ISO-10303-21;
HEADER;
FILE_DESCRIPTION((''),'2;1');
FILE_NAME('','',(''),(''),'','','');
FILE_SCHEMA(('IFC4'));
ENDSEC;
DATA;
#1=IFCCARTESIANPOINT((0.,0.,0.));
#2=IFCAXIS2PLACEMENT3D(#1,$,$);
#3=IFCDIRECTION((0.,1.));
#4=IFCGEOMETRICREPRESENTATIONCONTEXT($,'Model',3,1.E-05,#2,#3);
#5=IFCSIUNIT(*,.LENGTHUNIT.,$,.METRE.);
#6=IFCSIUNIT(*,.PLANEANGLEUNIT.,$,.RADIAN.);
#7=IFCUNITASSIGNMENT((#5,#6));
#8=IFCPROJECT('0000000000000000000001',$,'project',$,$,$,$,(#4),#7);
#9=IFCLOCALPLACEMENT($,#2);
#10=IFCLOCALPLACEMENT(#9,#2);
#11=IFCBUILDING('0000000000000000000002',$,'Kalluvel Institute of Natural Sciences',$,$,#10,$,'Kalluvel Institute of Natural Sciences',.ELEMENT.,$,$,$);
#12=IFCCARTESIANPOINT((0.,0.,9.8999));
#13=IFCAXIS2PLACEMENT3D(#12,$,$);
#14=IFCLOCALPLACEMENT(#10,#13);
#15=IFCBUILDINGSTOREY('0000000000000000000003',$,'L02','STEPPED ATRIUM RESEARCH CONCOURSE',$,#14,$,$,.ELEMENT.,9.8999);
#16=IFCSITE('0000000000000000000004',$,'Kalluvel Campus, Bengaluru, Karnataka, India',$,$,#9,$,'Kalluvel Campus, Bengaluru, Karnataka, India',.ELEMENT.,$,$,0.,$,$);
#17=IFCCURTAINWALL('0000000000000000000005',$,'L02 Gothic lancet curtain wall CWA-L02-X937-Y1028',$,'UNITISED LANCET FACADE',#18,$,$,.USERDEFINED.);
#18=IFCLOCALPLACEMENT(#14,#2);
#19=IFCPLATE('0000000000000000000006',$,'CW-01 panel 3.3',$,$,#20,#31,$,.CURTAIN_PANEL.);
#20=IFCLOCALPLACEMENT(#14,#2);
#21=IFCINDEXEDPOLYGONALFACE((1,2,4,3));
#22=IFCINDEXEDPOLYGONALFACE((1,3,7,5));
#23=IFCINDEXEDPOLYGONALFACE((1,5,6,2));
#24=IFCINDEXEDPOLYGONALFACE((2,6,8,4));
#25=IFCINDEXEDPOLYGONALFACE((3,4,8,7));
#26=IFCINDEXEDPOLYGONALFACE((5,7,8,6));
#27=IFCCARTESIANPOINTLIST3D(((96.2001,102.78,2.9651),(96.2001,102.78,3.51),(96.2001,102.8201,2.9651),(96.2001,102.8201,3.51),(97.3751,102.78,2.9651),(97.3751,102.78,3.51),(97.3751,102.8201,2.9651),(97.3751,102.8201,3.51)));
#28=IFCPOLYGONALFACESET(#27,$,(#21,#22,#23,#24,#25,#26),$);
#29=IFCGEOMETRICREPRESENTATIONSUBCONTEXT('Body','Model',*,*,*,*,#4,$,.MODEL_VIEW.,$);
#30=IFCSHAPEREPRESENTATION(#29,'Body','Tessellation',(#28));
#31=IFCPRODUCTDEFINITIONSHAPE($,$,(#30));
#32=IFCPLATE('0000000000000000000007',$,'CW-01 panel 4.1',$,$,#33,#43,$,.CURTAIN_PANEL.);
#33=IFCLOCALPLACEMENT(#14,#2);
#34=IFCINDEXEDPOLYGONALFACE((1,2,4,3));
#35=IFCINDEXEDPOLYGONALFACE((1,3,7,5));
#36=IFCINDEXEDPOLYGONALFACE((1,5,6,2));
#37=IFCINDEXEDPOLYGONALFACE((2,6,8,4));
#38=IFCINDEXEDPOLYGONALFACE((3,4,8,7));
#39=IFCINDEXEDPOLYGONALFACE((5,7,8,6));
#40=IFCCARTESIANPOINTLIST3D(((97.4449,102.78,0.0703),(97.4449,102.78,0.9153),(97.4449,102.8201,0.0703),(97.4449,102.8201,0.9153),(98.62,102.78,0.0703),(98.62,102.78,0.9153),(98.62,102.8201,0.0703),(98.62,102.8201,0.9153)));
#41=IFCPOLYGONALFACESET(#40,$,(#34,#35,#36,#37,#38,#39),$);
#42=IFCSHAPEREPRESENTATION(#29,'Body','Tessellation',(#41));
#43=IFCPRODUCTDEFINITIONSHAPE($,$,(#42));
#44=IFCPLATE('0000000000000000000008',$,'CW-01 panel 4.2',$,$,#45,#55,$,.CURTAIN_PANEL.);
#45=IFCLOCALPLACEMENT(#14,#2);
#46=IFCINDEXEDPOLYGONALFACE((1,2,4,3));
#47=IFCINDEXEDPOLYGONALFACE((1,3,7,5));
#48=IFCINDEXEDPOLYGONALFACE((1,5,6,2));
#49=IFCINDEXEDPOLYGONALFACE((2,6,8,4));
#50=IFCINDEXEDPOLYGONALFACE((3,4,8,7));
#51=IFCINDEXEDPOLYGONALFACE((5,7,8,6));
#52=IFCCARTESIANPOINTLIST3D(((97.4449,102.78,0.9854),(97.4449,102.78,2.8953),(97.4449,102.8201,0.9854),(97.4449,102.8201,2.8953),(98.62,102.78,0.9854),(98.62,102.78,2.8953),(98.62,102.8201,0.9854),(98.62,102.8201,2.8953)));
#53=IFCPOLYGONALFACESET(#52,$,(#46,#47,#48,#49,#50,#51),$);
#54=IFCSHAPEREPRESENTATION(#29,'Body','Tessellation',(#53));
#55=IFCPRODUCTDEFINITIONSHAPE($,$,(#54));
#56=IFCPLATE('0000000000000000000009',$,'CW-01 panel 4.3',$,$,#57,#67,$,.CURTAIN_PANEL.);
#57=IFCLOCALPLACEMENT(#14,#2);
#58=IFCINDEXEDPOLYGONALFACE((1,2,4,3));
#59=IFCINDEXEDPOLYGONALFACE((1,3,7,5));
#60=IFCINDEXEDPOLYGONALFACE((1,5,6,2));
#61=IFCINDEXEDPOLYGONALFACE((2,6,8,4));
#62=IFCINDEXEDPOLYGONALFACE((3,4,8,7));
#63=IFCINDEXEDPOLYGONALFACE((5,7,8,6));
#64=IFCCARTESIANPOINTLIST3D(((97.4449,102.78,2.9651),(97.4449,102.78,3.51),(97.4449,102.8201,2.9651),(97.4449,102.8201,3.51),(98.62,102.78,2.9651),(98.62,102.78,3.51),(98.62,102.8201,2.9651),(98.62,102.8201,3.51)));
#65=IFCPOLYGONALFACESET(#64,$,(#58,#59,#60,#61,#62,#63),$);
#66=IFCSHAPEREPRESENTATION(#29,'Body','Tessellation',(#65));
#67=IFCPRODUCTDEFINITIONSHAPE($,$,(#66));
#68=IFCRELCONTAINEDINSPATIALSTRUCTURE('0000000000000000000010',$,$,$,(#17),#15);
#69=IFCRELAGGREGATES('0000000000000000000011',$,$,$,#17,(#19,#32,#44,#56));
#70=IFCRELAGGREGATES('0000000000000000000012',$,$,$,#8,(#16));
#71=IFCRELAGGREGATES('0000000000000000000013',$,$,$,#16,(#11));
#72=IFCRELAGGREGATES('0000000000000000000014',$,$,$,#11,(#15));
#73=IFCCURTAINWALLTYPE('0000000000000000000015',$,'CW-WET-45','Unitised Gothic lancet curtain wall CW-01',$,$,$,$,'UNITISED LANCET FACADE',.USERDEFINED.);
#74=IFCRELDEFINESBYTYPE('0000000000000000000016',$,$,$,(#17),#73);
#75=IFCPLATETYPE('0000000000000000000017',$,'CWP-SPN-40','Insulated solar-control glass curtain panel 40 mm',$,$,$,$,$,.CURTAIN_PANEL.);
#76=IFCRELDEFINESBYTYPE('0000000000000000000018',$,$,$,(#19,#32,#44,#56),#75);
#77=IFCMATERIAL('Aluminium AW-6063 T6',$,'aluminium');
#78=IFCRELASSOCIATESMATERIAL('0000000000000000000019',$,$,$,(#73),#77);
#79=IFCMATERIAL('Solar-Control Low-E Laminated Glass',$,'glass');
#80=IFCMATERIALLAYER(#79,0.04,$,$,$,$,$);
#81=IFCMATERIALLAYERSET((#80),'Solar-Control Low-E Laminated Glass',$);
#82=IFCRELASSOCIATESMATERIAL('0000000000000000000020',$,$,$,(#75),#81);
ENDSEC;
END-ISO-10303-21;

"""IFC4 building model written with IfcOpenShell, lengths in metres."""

from ifc_helpers import new_model, si_unit, direction, frame, origin, origin_2d, place, context, subcontext, project, spatial, rectangle, extrude, material, layer, layer_set, type_object, element, aggregate, save


model = new_model("IFC4")

# Units and contexts
model_context = context("Model", 3, precision=1e-05, world=origin(), true_north=direction((0.0, 1.0)))
body_context = subcontext(model_context, "Body", "Model", "MODEL_VIEW")
ifc_project = project(units=[si_unit("LENGTHUNIT", "METRE"), si_unit("PLANEANGLEUNIT", "RADIAN")], contexts=[model_context])

# Site, building, storey
site_placement = place(None, origin())
site = spatial("IfcSite", under=ifc_project, at=site_placement, Name="Kalluvel Campus, Bengaluru, Karnataka, India", LongName="Kalluvel Campus, Bengaluru, Karnataka, India", CompositionType="ELEMENT", RefElevation=0.0)
building_placement = place(site_placement, origin())
building = spatial("IfcBuilding", under=site, at=building_placement, Name="Kalluvel Institute of Natural Sciences", LongName="Kalluvel Institute of Natural Sciences", CompositionType="ELEMENT")
storey_placement = place(building_placement, frame((0.0, 0.0, 9.8999)))
storey = spatial("IfcBuildingStorey", under=building, at=storey_placement, Name="L02", Description="STEPPED ATRIUM RESEARCH CONCOURSE", CompositionType="ELEMENT", Elevation=9.8999)

# Curtain wall, plates
ifc_material_1 = material(Name="Aluminium AW-6063 T6", Category="aluminium")
curtain_wall_type = type_object("IfcCurtainWallType", Name="CW-WET-45", Description="Unitised Gothic lancet curtain wall CW-01", ElementType="UNITISED LANCET FACADE", PredefinedType="USERDEFINED", material=ifc_material_1)
curtain_wall_placement = place(storey_placement, origin())
curtain_wall = element("IfcCurtainWall", 1, at=curtain_wall_placement, inside=storey, type_object=curtain_wall_type, Name="L02 Gothic lancet curtain wall CWA-L02-X937-Y1028", ObjectType="UNITISED LANCET FACADE", PredefinedType="USERDEFINED")
ifc_material_2 = material(Name="Solar-Control Low-E Laminated Glass", Category="glass")
ifc_layer = layer(ifc_material_2, 0.04)
ifc_layer_set = layer_set([ifc_layer], Name="Solar-Control Low-E Laminated Glass")
plate_type = type_object("IfcPlateType", Name="CWP-SPN-40", Description="Insulated solar-control glass curtain panel 40 mm", PredefinedType="CURTAIN_PANEL", material=ifc_layer_set)
plate_1_placement = place(storey_placement, frame((96.7876, 102.8, 2.9651), z_axis=(0.0, 0.0, 1.0), x_axis=(1.0, 0.0, 0.0)))
plate_1 = element("IfcPlate", 2, at=plate_1_placement, type_object=plate_type, Name="CW-01 panel 3.3", PredefinedType="CURTAIN_PANEL", context=body_context, shape_type="SweptSolid", body=[
    extrude(rectangle(XDim=1.175, YDim=0.04, at=origin_2d()), origin(), (0.0, 0.0, 1.0), 0.5449),
])
plate_2_placement = place(storey_placement, frame((98.0325, 102.8, 0.0703), z_axis=(0.0, 0.0, 1.0), x_axis=(1.0, 0.0, 0.0)))
plate_2 = element("IfcPlate", 3, at=plate_2_placement, type_object=plate_type, Name="CW-01 panel 4.1", PredefinedType="CURTAIN_PANEL", context=body_context, shape_type="SweptSolid", body=[
    extrude(rectangle(XDim=1.175, YDim=0.04, at=origin_2d()), origin(), (0.0, 0.0, 1.0), 0.845),
])
plate_3_placement = place(storey_placement, frame((98.0325, 102.8, 0.9854), z_axis=(0.0, 0.0, 1.0), x_axis=(1.0, 0.0, 0.0)))
plate_3 = element("IfcPlate", 4, at=plate_3_placement, type_object=plate_type, Name="CW-01 panel 4.2", PredefinedType="CURTAIN_PANEL", context=body_context, shape_type="SweptSolid", body=[
    extrude(rectangle(XDim=1.175, YDim=0.04, at=origin_2d()), origin(), (0.0, 0.0, 1.0), 1.9099),
])
plate_4_placement = place(storey_placement, frame((98.0325, 102.8, 2.9651), z_axis=(0.0, 0.0, 1.0), x_axis=(1.0, 0.0, 0.0)))
plate_4 = element("IfcPlate", 5, at=plate_4_placement, type_object=plate_type, Name="CW-01 panel 4.3", PredefinedType="CURTAIN_PANEL", context=body_context, shape_type="SweptSolid", body=[
    extrude(rectangle(XDim=1.175, YDim=0.04, at=origin_2d()), origin(), (0.0, 0.0, 1.0), 0.5449),
])
aggregate(curtain_wall, [plate_1, plate_2, plate_3, plate_4])

save(model, "model.ifc")
